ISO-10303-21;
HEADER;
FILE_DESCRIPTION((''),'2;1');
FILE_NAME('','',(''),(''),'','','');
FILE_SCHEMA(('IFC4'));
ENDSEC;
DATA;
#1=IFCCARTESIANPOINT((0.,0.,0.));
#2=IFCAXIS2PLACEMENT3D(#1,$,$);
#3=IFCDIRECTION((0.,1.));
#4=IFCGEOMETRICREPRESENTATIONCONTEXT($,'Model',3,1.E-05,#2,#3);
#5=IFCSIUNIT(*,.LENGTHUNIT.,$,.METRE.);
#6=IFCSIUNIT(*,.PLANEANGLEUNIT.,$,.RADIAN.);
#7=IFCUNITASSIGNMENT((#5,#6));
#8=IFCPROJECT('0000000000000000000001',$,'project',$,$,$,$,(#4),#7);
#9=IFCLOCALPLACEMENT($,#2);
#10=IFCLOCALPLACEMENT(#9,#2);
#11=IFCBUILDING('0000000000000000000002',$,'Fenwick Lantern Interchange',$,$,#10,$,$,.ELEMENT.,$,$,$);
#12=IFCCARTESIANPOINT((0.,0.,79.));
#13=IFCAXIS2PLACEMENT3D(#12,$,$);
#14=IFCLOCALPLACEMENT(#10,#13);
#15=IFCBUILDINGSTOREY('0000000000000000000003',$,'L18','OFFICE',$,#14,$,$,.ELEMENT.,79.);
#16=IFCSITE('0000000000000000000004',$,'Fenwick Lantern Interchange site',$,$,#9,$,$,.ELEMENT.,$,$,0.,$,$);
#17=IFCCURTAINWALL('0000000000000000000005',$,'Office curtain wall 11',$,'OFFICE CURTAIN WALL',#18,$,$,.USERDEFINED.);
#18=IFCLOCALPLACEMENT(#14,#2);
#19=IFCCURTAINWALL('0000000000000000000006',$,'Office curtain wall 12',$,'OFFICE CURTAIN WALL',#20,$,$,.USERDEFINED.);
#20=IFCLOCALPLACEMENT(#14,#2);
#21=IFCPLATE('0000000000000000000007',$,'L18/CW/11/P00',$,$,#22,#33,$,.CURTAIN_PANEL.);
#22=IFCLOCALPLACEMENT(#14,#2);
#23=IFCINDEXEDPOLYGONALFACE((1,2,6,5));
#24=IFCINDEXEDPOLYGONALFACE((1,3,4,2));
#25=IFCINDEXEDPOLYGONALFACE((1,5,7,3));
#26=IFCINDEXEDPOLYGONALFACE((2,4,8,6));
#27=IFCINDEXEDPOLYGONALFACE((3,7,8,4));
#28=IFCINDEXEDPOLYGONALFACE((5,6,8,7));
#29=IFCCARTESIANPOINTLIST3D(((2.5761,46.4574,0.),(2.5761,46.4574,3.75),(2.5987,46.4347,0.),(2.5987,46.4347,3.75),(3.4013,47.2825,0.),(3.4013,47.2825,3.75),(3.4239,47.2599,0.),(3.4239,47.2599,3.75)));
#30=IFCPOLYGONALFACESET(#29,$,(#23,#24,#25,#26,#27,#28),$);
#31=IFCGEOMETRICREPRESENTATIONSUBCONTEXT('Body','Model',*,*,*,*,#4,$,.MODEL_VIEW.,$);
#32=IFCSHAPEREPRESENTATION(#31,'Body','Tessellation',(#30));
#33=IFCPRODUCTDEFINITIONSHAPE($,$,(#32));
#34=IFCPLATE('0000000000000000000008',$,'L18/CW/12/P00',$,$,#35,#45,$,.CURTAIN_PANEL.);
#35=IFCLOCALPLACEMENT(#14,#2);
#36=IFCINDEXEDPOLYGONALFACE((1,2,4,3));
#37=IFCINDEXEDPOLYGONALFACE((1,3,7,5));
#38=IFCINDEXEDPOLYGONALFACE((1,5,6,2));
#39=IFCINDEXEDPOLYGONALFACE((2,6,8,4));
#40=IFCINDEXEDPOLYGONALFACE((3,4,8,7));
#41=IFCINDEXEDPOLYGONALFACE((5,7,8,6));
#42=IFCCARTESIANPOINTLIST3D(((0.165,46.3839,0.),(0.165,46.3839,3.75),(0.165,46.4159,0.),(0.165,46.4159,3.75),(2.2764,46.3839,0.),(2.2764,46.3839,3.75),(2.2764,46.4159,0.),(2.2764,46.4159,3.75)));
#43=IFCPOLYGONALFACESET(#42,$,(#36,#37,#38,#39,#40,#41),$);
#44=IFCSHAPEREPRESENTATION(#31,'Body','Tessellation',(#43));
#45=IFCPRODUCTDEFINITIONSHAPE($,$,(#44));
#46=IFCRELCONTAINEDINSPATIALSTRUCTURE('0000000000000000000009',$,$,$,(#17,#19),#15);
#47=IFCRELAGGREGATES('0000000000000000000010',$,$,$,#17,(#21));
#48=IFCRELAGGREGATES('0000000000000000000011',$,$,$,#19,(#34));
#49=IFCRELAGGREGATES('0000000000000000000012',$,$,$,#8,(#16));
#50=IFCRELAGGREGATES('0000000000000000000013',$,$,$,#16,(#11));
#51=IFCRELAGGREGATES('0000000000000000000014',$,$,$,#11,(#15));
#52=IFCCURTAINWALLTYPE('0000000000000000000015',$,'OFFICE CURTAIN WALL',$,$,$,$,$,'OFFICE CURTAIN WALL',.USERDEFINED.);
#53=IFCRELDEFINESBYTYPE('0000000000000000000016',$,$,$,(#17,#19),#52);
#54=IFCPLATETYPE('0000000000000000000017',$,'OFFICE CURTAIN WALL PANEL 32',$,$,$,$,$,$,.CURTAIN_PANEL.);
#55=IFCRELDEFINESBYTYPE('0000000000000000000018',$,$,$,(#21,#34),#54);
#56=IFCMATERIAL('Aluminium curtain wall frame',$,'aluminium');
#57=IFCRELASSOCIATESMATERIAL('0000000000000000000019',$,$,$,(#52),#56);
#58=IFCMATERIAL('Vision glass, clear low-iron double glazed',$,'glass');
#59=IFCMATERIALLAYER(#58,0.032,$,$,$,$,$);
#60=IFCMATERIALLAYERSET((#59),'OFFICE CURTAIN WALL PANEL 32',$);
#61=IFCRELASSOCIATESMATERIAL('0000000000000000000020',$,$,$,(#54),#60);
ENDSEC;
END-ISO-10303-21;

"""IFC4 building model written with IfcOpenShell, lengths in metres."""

from ifc_helpers import new_model, si_unit, direction, frame, origin, origin_2d, place, context, subcontext, project, spatial, rectangle, extrude, material, layer, layer_set, type_object, element, aggregate, save


model = new_model("IFC4")

# Units and contexts
model_context = context("Model", 3, precision=1e-05, world=origin(), true_north=direction((0.0, 1.0)))
body_context = subcontext(model_context, "Body", "Model", "MODEL_VIEW")
ifc_project = project(units=[si_unit("LENGTHUNIT", "METRE"), si_unit("PLANEANGLEUNIT", "RADIAN")], contexts=[model_context])

# Site, building, storey
site_placement = place(None, origin())
site = spatial("IfcSite", under=ifc_project, at=site_placement, Name="Fenwick Lantern Interchange site", CompositionType="ELEMENT", RefElevation=0.0)
building_placement = place(site_placement, origin())
building = spatial("IfcBuilding", under=site, at=building_placement, Name="Fenwick Lantern Interchange", CompositionType="ELEMENT")
storey_placement = place(building_placement, frame((0.0, 0.0, 79.0)))
storey = spatial("IfcBuildingStorey", under=building, at=storey_placement, Name="L18", Description="OFFICE", CompositionType="ELEMENT", Elevation=79.0)

# Shared definitions
ifc_material_1 = material(Name="Aluminium curtain wall frame", Category="aluminium")
curtain_wall_type = type_object("IfcCurtainWallType", Name="OFFICE CURTAIN WALL", ElementType="OFFICE CURTAIN WALL", PredefinedType="USERDEFINED", material=ifc_material_1)

# Curtain walls
curtain_wall_1_placement = place(storey_placement, origin())
curtain_wall_1 = element("IfcCurtainWall", 1, at=curtain_wall_1_placement, inside=storey, type_object=curtain_wall_type, Name="Office curtain wall 11", ObjectType="OFFICE CURTAIN WALL", PredefinedType="USERDEFINED")
curtain_wall_2_placement = place(storey_placement, origin())
curtain_wall_2 = element("IfcCurtainWall", 2, at=curtain_wall_2_placement, inside=storey, type_object=curtain_wall_type, Name="Office curtain wall 12", ObjectType="OFFICE CURTAIN WALL", PredefinedType="USERDEFINED")

# Plates
ifc_material_2 = material(Name="Vision glass, clear low-iron double glazed", Category="glass")
ifc_layer_1 = layer(ifc_material_2, 0.032)
ifc_layer_set_1 = layer_set([ifc_layer_1], Name="OFFICE CURTAIN WALL PANEL 32")
plate_type = type_object("IfcPlateType", Name="OFFICE CURTAIN WALL PANEL 32", PredefinedType="CURTAIN_PANEL", material=ifc_layer_set_1)
plate_1_placement = place(storey_placement, frame((3.0, 46.8586, 0.0), z_axis=(0.0, 0.0, 1.0), x_axis=(-0.707107, -0.707107, 0.0)))
plate_1 = element("IfcPlate", 3, at=plate_1_placement, type_object=plate_type, Name="L18/CW/11/P00", PredefinedType="CURTAIN_PANEL", context=body_context, shape_type="SweptSolid", body=[
    extrude(rectangle(XDim=1.167, YDim=0.032, at=origin_2d()), origin(), (0.0, 0.0, 1.0), 3.75),
])
aggregate(curtain_wall_1, [plate_1])
plate_2_placement = place(storey_placement, frame((1.2207, 46.3999, 0.0), z_axis=(0.0, 0.0, 1.0), x_axis=(-1.0, 0.0, 0.0)))
plate_2 = element("IfcPlate", 4, at=plate_2_placement, type_object=plate_type, Name="L18/CW/12/P00", PredefinedType="CURTAIN_PANEL", context=body_context, shape_type="SweptSolid", body=[
    extrude(rectangle(XDim=2.1113, YDim=0.032, at=origin_2d()), origin(), (0.0, 0.0, 1.0), 3.75),
])
aggregate(curtain_wall_2, [plate_2])

save(model, "model.ifc")
